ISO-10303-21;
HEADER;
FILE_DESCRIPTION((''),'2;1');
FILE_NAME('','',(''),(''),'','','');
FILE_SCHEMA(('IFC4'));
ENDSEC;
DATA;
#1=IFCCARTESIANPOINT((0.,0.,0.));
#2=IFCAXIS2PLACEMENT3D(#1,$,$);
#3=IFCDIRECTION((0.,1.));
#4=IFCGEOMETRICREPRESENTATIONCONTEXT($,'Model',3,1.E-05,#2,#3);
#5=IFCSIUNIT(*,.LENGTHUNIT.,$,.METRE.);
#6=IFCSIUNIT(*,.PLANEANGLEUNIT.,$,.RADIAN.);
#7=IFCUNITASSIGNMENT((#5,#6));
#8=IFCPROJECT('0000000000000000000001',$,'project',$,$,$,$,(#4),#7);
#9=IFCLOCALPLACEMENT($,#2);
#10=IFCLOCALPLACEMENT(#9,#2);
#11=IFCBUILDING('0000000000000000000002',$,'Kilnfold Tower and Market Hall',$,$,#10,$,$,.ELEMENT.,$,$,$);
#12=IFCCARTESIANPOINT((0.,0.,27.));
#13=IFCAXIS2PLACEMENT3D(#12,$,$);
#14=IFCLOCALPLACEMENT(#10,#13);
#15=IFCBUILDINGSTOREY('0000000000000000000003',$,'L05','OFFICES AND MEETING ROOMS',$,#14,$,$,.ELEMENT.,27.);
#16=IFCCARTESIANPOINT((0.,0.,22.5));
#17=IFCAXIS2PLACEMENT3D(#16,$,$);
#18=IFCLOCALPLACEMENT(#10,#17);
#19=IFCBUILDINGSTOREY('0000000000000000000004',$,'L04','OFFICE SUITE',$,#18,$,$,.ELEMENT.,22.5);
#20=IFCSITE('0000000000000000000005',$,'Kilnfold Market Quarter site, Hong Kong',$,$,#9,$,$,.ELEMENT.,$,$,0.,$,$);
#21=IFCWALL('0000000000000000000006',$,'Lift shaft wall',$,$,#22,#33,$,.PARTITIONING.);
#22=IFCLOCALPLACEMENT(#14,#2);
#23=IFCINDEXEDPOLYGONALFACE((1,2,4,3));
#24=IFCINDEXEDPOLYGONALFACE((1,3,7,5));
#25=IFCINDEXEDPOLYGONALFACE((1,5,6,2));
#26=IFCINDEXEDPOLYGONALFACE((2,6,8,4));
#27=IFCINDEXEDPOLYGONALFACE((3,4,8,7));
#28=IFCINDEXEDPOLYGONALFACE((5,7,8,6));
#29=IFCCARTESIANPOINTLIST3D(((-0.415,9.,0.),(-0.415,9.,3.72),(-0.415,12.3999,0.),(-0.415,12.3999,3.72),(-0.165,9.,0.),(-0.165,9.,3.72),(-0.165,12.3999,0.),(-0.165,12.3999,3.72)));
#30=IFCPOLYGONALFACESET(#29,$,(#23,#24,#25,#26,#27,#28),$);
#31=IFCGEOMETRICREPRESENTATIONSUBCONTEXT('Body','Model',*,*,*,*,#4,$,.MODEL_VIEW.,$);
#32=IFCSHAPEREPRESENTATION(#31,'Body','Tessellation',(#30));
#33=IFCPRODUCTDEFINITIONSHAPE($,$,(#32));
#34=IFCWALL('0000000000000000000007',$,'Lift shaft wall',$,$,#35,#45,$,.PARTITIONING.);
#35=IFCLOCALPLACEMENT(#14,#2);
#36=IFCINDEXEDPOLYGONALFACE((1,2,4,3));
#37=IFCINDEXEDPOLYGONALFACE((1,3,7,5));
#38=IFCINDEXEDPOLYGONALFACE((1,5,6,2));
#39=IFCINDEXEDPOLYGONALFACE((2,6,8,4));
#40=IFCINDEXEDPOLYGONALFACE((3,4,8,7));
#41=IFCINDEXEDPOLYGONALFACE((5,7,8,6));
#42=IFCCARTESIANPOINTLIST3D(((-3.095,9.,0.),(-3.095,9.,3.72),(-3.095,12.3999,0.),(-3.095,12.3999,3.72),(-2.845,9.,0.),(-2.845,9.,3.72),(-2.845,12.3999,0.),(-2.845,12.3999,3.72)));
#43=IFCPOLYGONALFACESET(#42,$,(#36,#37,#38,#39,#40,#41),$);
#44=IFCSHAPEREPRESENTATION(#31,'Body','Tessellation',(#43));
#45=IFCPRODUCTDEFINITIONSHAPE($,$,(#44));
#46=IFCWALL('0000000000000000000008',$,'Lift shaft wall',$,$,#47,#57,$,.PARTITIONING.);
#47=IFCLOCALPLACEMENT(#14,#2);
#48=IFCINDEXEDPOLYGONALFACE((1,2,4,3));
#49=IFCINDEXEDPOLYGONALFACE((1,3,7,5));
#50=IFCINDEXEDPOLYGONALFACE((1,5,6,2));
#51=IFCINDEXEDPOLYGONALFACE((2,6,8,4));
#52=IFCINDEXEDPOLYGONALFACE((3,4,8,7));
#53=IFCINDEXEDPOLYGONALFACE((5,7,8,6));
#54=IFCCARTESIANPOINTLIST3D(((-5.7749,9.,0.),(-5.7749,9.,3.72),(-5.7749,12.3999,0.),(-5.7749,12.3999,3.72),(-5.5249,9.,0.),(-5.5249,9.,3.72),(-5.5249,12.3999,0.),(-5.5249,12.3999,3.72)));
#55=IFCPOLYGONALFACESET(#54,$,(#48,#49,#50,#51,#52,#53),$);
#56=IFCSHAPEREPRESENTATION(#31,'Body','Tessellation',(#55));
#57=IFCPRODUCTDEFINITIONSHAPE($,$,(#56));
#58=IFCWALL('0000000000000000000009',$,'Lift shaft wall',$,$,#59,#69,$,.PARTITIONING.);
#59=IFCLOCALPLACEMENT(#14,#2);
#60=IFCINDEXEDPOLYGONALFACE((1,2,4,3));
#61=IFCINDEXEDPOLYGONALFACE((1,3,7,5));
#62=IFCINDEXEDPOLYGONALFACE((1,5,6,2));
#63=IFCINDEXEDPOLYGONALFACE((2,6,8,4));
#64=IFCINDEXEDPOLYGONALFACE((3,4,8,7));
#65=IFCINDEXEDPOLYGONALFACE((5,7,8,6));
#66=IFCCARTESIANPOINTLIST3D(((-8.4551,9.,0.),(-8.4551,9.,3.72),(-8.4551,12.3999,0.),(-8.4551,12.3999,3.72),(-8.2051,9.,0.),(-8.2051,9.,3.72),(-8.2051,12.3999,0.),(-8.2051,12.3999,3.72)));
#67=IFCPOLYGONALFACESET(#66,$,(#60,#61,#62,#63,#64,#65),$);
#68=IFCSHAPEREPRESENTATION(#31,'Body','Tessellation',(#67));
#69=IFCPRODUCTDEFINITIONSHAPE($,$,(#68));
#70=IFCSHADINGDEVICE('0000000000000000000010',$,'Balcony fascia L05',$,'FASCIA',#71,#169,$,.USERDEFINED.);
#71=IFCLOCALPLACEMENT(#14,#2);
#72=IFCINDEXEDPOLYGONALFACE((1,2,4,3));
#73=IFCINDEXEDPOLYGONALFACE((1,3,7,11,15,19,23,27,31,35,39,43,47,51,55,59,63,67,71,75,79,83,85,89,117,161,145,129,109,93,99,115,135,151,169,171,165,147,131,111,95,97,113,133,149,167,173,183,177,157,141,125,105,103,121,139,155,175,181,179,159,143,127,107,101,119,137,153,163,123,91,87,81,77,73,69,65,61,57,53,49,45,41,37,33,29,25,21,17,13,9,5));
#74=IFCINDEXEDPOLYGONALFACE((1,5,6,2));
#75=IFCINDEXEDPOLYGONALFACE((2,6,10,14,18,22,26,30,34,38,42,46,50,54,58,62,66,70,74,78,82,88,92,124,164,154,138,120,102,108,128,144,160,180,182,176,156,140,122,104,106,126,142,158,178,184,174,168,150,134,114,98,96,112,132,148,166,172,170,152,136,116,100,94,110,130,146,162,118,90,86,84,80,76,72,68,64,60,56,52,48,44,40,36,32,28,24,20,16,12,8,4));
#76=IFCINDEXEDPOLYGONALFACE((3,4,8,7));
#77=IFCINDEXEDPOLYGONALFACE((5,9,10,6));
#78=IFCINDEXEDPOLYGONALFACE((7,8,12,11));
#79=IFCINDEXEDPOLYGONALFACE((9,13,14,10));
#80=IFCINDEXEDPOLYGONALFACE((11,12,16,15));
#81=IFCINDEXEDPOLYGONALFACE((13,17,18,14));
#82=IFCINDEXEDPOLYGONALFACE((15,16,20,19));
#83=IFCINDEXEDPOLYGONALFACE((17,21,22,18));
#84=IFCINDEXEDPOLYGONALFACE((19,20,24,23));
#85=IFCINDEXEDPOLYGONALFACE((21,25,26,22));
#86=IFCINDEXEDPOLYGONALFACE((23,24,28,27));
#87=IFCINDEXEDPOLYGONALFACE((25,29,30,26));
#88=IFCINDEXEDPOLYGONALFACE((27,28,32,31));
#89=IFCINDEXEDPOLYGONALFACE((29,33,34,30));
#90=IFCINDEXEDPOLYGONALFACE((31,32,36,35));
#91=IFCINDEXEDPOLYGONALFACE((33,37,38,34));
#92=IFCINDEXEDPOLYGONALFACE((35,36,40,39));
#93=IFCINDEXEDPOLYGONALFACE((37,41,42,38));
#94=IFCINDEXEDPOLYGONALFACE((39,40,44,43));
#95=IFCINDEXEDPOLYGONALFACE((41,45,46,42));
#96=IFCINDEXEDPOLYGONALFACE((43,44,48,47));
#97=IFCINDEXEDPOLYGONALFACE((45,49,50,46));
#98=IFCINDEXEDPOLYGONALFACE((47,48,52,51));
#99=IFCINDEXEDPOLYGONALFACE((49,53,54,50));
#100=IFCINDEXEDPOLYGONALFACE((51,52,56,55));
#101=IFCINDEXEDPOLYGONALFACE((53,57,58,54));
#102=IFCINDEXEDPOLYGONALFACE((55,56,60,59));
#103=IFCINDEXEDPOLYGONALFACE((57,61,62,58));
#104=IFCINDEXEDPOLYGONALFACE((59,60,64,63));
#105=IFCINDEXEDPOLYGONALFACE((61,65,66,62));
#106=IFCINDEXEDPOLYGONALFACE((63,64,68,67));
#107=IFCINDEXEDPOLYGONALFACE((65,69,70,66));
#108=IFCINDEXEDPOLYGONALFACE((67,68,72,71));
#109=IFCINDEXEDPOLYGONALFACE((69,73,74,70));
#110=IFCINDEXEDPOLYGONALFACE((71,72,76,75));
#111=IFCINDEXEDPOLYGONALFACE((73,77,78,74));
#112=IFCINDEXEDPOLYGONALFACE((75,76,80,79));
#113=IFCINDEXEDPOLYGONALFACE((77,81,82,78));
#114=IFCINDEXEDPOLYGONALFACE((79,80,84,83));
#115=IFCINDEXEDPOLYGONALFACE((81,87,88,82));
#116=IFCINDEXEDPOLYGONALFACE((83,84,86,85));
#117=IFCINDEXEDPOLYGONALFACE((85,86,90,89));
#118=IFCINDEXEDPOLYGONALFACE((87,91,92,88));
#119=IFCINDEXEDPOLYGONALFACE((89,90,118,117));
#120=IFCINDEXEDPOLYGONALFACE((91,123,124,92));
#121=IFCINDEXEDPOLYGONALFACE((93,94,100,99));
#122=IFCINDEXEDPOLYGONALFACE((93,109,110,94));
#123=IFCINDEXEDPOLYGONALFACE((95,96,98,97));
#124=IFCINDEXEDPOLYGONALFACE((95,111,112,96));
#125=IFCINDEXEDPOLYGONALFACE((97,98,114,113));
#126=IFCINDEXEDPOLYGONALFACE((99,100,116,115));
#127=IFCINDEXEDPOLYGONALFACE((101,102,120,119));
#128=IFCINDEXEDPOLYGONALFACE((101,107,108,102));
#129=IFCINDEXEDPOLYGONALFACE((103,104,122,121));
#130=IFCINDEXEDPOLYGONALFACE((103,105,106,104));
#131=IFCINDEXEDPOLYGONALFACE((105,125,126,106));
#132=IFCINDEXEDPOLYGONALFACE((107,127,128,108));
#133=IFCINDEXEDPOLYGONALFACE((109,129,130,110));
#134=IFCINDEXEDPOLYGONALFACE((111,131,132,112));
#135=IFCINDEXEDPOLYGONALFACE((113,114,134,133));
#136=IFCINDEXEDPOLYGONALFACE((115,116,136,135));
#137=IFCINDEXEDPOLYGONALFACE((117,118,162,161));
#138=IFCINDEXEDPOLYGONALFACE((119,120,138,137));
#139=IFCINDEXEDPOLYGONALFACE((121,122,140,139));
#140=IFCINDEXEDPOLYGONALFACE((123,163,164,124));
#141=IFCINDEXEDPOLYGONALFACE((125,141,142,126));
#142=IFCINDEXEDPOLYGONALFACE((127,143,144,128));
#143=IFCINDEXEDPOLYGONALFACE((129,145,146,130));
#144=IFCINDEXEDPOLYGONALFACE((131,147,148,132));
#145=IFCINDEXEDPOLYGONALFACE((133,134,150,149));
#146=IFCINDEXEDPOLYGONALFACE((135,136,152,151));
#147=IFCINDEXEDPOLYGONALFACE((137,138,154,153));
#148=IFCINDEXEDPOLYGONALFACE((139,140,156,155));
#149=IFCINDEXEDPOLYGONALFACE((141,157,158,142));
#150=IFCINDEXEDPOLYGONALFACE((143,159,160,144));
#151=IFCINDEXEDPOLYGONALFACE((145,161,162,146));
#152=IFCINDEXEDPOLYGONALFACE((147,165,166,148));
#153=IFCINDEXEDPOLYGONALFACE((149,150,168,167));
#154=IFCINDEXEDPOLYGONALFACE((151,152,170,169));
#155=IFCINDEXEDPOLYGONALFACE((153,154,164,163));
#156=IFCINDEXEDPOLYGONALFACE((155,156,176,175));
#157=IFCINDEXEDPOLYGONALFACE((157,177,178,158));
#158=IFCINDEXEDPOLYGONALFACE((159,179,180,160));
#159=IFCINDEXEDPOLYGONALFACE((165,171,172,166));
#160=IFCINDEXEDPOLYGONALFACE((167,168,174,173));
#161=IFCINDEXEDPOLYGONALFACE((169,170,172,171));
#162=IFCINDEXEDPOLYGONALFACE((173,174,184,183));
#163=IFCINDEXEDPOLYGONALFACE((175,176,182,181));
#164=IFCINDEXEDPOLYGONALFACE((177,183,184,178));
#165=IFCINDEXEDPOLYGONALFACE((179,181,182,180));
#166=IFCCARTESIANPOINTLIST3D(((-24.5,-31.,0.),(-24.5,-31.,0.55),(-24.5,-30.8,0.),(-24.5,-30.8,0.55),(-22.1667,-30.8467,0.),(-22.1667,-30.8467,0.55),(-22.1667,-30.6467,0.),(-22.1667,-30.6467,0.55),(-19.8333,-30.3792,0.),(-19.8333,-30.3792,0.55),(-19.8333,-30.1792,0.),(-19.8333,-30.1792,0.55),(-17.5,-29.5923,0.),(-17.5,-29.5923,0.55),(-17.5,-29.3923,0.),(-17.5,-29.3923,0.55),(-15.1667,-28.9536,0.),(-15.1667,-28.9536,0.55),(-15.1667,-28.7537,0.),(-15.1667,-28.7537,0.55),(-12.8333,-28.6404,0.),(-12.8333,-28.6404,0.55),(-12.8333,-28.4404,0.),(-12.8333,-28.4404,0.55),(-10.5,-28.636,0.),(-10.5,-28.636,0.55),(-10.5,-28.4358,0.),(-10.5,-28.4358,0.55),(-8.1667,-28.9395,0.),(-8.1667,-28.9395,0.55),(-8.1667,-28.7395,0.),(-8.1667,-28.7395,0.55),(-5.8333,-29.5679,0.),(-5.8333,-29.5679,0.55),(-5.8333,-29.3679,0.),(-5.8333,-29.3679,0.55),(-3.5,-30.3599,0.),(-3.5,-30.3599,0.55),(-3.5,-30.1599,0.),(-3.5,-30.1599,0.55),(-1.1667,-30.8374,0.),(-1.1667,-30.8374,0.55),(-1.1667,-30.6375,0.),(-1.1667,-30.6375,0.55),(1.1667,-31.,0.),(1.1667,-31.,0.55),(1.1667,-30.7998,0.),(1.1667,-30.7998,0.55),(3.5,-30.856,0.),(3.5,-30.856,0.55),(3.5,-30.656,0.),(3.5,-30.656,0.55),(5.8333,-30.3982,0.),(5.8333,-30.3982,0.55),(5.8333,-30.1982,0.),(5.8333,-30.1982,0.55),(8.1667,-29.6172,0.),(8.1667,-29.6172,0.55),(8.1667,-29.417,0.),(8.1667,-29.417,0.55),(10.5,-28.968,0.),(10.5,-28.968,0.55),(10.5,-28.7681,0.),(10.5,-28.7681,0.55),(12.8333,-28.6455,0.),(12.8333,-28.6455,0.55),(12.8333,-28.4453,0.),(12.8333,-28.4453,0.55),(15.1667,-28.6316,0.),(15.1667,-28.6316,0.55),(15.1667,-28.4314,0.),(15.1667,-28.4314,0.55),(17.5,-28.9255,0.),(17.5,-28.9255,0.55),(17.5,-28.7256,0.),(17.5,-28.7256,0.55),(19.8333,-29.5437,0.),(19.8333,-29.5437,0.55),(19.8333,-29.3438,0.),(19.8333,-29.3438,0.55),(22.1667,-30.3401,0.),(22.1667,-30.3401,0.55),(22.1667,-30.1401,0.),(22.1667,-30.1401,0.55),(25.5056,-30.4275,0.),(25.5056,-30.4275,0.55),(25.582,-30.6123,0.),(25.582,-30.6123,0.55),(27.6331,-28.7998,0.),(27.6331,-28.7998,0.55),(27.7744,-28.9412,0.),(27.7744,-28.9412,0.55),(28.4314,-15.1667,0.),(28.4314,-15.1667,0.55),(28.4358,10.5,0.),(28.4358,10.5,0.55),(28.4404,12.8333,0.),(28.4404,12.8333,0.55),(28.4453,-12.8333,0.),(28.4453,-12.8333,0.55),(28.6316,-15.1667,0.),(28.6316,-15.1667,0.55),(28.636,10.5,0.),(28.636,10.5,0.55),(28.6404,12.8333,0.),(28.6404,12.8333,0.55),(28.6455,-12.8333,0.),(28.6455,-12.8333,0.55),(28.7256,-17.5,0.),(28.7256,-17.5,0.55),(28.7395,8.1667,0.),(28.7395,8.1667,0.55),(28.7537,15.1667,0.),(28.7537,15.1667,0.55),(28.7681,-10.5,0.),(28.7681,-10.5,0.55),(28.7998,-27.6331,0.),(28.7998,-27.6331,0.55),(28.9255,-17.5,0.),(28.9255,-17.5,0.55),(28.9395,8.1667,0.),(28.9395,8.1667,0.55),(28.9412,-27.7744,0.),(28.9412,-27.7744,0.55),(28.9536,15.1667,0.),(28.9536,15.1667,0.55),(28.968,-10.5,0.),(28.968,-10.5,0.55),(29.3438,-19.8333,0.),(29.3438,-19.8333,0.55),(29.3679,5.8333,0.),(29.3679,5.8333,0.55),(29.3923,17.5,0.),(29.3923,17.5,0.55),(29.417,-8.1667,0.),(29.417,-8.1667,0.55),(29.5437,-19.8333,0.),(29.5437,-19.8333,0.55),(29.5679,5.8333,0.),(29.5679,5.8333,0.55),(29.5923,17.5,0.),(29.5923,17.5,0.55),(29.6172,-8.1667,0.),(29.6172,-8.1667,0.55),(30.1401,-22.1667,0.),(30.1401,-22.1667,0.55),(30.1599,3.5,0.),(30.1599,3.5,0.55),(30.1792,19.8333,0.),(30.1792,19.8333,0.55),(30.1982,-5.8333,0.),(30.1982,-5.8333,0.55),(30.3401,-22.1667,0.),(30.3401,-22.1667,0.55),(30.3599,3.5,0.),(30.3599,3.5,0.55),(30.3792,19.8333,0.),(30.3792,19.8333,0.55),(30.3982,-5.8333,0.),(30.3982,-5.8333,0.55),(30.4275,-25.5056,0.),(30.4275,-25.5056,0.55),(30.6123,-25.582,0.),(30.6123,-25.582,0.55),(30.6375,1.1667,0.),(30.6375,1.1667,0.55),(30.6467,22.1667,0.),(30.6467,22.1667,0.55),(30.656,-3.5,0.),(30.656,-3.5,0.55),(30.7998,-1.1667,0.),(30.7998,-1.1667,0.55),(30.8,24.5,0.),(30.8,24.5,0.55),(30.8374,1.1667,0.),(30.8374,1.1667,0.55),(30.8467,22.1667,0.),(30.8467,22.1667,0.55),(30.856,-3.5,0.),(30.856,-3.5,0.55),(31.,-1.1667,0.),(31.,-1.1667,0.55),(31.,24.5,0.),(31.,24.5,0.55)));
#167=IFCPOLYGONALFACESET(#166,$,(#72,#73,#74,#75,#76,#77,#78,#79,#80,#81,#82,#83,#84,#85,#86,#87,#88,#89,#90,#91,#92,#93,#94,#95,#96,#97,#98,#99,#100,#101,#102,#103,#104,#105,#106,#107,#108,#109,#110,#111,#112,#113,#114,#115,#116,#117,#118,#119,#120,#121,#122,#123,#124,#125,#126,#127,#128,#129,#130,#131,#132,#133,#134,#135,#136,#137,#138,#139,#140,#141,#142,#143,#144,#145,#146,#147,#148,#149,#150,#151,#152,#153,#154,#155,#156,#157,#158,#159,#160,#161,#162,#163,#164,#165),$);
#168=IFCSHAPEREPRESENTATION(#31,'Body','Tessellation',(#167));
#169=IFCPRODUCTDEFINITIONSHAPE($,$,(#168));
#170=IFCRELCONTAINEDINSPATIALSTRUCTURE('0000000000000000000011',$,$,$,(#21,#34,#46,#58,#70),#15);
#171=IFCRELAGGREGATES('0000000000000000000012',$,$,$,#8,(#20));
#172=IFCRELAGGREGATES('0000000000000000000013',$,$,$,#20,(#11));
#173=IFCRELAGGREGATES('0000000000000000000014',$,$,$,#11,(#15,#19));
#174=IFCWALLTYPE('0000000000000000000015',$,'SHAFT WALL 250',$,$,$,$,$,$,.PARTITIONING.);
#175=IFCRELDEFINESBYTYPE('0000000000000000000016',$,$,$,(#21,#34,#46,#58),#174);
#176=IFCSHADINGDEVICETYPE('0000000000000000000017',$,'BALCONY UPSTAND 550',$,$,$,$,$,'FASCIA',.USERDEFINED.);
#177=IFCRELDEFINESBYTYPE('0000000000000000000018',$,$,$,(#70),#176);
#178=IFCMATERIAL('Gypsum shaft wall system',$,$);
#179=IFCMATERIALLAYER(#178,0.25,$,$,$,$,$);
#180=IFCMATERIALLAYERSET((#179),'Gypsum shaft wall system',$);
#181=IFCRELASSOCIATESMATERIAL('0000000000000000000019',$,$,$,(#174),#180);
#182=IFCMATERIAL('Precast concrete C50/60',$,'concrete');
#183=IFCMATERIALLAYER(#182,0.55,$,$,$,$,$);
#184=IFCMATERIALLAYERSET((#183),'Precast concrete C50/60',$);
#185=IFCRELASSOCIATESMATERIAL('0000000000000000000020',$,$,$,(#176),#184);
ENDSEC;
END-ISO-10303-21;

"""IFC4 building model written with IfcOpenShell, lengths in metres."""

from ifc_helpers import new_model, si_unit, direction, frame, frame_2d, origin, place, context, subcontext, project, spatial, polyline, rectangle, outline, extrude, source, transform, mapped, material, layer, layer_set, type_object, element, save


model = new_model("IFC4")

# Units and contexts
model_context = context("Model", 3, precision=1e-05, world=origin(), true_north=direction((0.0, 1.0)))
body_context = subcontext(model_context, "Body", "Model", "MODEL_VIEW")
ifc_project = project(units=[si_unit("LENGTHUNIT", "METRE"), si_unit("PLANEANGLEUNIT", "RADIAN")], contexts=[model_context])

# Site, building, storey
site_placement = place(None, origin())
site = spatial("IfcSite", under=ifc_project, at=site_placement, Name="Kilnfold Market Quarter site, Hong Kong", CompositionType="ELEMENT", RefElevation=0.0)
building_placement = place(site_placement, origin())
building = spatial("IfcBuilding", under=site, at=building_placement, Name="Kilnfold Tower and Market Hall", CompositionType="ELEMENT")
storey_1_placement = place(building_placement, frame((0.0, 0.0, 27.0)))
storey_1 = spatial("IfcBuildingStorey", under=building, at=storey_1_placement, Name="L05", Description="OFFICES AND MEETING ROOMS", CompositionType="ELEMENT", Elevation=27.0)

# Shared definitions
storey_2_placement = place(building_placement, frame((0.0, 0.0, 22.5)))
storey_2 = spatial("IfcBuildingStorey", under=building, at=storey_2_placement, Name="L04", Description="OFFICE SUITE", CompositionType="ELEMENT", Elevation=22.5)

# Walls
ifc_material_1 = material(Name="Gypsum shaft wall system")
ifc_layer_1 = layer(ifc_material_1, 0.25)
ifc_layer_set_1 = layer_set([ifc_layer_1], Name="Gypsum shaft wall system")
wall_type_1 = type_object("IfcWallType", Name="SHAFT WALL 250", PredefinedType="PARTITIONING", material=ifc_layer_set_1)
shared_shape_1 = source(origin(), body_context, "Body", "SweptSolid", [
    extrude(rectangle(XDim=3.3999, YDim=0.25, at=frame_2d((1.7, 0.0))), origin(), (0.0, 0.0, 1.0), 3.72),
])
for number, where, z_axis, x_axis, name in (
    (1, (-0.29, 9.0, 0.0), (0.0, 0.0, 1.0), (0.0, 1.0, 0.0), "Lift shaft wall"),
    (2, (-2.97, 9.0, 0.0), (0.0, 0.0, 1.0), (0.0, 1.0, 0.0), "Lift shaft wall"),
    (3, (-5.6499, 9.0, 0.0), (0.0, 0.0, 1.0), (0.0, 1.0, 0.0), "Lift shaft wall"),
    (4, (-8.3301, 9.0, 0.0), (0.0, 0.0, 1.0), (0.0, 1.0, 0.0), "Lift shaft wall"),
):
    element("IfcWall", number, at=place(storey_1_placement, frame(where, z_axis=z_axis, x_axis=x_axis)), inside=storey_1, type_object=wall_type_1, Name=name, PredefinedType="PARTITIONING", context=body_context, shape_type="MappedRepresentation", body=[
        mapped(shared_shape_1, transform((0.0, 0.0, 0.0))),
    ])

# Shading device
ifc_material_2 = material(Name="Precast concrete C50/60", Category="concrete")
ifc_layer_2 = layer(ifc_material_2, 0.55)
ifc_layer_set_2 = layer_set([ifc_layer_2], Name="Precast concrete C50/60")
shading_device_type_1 = type_object("IfcShadingDeviceType", Name="BALCONY UPSTAND 550", ElementType="FASCIA", PredefinedType="USERDEFINED", material=ifc_layer_set_2)
shared_shape_2 = source(origin(), body_context, "Body", "SweptSolid", [
    extrude(outline(polyline([(-24.5, -31.0), (-22.1667, -30.8467), (-19.8333, -30.3792), (-17.5, -29.5923), (-15.1667, -28.9536), (-12.8333, -28.6404), (-10.5, -28.636), (-8.1667, -28.9395), (-5.8333, -29.5679), (-3.5, -30.3599), (-1.1667, -30.8374), (1.1667, -31.0), (3.5, -30.856), (5.8333, -30.3982), (8.1667, -29.6172), (10.5, -28.968), (12.8333, -28.6455), (15.1667, -28.6316), (17.5, -28.9255), (19.8333, -29.5437), (22.1667, -30.3401), (25.582, -30.6123), (27.7744, -28.9412), (28.9412, -27.7744), (30.6123, -25.582), (30.3401, -22.1667), (29.5437, -19.8333), (28.9255, -17.5), (28.6316, -15.1667), (28.6455, -12.8333), (28.968, -10.5), (29.6172, -8.1667), (30.3982, -5.8333), (30.856, -3.5), (31.0, -1.1667), (30.8374, 1.1667), (30.3599, 3.5), (29.5679, 5.8333), (28.9395, 8.1667), (28.636, 10.5), (28.6404, 12.8333), (28.9536, 15.1667), (29.5923, 17.5), (30.3792, 19.8333), (30.8467, 22.1667), (31.0, 24.5), (30.8, 24.5), (30.6467, 22.1667), (30.1792, 19.8333), (29.3923, 17.5), (28.7537, 15.1667), (28.4404, 12.8333), (28.4358, 10.5), (28.7395, 8.1667), (29.3679, 5.8333), (30.1599, 3.5), (30.6375, 1.1667), (30.7998, -1.1667), (30.656, -3.5), (30.1982, -5.8333), (29.417, -8.1667), (28.7681, -10.5), (28.4453, -12.8333), (28.4314, -15.1667), (28.7256, -17.5), (29.3438, -19.8333), (30.1401, -22.1667), (30.4275, -25.5056), (28.7998, -27.6331), (27.6331, -28.7998), (25.5056, -30.4275), (22.1667, -30.1401), (19.8333, -29.3438), (17.5, -28.7256), (15.1667, -28.4314), (12.8333, -28.4453), (10.5, -28.7681), (8.1667, -29.417), (5.8333, -30.1982), (3.5, -30.656), (1.1667, -30.7998), (-1.1667, -30.6375), (-3.5, -30.1599), (-5.8333, -29.3679), (-8.1667, -28.7395), (-10.5, -28.4358), (-12.8333, -28.4404), (-15.1667, -28.7537), (-17.5, -29.3923), (-19.8333, -30.1792), (-22.1667, -30.6467), (-24.5, -30.8), (-24.5, -31.0)])), origin(), (0.0, 0.0, 1.0), 0.55),
])
shading_device_1_placement = place(storey_1_placement, origin())
element("IfcShadingDevice", 5, at=shading_device_1_placement, inside=storey_1, type_object=shading_device_type_1, Name="Balcony fascia L05", ObjectType="FASCIA", PredefinedType="USERDEFINED", context=body_context, shape_type="MappedRepresentation", body=[
    mapped(shared_shape_2, transform((0.0, 0.0, 0.0))),
])

save(model, "model.ifc")
